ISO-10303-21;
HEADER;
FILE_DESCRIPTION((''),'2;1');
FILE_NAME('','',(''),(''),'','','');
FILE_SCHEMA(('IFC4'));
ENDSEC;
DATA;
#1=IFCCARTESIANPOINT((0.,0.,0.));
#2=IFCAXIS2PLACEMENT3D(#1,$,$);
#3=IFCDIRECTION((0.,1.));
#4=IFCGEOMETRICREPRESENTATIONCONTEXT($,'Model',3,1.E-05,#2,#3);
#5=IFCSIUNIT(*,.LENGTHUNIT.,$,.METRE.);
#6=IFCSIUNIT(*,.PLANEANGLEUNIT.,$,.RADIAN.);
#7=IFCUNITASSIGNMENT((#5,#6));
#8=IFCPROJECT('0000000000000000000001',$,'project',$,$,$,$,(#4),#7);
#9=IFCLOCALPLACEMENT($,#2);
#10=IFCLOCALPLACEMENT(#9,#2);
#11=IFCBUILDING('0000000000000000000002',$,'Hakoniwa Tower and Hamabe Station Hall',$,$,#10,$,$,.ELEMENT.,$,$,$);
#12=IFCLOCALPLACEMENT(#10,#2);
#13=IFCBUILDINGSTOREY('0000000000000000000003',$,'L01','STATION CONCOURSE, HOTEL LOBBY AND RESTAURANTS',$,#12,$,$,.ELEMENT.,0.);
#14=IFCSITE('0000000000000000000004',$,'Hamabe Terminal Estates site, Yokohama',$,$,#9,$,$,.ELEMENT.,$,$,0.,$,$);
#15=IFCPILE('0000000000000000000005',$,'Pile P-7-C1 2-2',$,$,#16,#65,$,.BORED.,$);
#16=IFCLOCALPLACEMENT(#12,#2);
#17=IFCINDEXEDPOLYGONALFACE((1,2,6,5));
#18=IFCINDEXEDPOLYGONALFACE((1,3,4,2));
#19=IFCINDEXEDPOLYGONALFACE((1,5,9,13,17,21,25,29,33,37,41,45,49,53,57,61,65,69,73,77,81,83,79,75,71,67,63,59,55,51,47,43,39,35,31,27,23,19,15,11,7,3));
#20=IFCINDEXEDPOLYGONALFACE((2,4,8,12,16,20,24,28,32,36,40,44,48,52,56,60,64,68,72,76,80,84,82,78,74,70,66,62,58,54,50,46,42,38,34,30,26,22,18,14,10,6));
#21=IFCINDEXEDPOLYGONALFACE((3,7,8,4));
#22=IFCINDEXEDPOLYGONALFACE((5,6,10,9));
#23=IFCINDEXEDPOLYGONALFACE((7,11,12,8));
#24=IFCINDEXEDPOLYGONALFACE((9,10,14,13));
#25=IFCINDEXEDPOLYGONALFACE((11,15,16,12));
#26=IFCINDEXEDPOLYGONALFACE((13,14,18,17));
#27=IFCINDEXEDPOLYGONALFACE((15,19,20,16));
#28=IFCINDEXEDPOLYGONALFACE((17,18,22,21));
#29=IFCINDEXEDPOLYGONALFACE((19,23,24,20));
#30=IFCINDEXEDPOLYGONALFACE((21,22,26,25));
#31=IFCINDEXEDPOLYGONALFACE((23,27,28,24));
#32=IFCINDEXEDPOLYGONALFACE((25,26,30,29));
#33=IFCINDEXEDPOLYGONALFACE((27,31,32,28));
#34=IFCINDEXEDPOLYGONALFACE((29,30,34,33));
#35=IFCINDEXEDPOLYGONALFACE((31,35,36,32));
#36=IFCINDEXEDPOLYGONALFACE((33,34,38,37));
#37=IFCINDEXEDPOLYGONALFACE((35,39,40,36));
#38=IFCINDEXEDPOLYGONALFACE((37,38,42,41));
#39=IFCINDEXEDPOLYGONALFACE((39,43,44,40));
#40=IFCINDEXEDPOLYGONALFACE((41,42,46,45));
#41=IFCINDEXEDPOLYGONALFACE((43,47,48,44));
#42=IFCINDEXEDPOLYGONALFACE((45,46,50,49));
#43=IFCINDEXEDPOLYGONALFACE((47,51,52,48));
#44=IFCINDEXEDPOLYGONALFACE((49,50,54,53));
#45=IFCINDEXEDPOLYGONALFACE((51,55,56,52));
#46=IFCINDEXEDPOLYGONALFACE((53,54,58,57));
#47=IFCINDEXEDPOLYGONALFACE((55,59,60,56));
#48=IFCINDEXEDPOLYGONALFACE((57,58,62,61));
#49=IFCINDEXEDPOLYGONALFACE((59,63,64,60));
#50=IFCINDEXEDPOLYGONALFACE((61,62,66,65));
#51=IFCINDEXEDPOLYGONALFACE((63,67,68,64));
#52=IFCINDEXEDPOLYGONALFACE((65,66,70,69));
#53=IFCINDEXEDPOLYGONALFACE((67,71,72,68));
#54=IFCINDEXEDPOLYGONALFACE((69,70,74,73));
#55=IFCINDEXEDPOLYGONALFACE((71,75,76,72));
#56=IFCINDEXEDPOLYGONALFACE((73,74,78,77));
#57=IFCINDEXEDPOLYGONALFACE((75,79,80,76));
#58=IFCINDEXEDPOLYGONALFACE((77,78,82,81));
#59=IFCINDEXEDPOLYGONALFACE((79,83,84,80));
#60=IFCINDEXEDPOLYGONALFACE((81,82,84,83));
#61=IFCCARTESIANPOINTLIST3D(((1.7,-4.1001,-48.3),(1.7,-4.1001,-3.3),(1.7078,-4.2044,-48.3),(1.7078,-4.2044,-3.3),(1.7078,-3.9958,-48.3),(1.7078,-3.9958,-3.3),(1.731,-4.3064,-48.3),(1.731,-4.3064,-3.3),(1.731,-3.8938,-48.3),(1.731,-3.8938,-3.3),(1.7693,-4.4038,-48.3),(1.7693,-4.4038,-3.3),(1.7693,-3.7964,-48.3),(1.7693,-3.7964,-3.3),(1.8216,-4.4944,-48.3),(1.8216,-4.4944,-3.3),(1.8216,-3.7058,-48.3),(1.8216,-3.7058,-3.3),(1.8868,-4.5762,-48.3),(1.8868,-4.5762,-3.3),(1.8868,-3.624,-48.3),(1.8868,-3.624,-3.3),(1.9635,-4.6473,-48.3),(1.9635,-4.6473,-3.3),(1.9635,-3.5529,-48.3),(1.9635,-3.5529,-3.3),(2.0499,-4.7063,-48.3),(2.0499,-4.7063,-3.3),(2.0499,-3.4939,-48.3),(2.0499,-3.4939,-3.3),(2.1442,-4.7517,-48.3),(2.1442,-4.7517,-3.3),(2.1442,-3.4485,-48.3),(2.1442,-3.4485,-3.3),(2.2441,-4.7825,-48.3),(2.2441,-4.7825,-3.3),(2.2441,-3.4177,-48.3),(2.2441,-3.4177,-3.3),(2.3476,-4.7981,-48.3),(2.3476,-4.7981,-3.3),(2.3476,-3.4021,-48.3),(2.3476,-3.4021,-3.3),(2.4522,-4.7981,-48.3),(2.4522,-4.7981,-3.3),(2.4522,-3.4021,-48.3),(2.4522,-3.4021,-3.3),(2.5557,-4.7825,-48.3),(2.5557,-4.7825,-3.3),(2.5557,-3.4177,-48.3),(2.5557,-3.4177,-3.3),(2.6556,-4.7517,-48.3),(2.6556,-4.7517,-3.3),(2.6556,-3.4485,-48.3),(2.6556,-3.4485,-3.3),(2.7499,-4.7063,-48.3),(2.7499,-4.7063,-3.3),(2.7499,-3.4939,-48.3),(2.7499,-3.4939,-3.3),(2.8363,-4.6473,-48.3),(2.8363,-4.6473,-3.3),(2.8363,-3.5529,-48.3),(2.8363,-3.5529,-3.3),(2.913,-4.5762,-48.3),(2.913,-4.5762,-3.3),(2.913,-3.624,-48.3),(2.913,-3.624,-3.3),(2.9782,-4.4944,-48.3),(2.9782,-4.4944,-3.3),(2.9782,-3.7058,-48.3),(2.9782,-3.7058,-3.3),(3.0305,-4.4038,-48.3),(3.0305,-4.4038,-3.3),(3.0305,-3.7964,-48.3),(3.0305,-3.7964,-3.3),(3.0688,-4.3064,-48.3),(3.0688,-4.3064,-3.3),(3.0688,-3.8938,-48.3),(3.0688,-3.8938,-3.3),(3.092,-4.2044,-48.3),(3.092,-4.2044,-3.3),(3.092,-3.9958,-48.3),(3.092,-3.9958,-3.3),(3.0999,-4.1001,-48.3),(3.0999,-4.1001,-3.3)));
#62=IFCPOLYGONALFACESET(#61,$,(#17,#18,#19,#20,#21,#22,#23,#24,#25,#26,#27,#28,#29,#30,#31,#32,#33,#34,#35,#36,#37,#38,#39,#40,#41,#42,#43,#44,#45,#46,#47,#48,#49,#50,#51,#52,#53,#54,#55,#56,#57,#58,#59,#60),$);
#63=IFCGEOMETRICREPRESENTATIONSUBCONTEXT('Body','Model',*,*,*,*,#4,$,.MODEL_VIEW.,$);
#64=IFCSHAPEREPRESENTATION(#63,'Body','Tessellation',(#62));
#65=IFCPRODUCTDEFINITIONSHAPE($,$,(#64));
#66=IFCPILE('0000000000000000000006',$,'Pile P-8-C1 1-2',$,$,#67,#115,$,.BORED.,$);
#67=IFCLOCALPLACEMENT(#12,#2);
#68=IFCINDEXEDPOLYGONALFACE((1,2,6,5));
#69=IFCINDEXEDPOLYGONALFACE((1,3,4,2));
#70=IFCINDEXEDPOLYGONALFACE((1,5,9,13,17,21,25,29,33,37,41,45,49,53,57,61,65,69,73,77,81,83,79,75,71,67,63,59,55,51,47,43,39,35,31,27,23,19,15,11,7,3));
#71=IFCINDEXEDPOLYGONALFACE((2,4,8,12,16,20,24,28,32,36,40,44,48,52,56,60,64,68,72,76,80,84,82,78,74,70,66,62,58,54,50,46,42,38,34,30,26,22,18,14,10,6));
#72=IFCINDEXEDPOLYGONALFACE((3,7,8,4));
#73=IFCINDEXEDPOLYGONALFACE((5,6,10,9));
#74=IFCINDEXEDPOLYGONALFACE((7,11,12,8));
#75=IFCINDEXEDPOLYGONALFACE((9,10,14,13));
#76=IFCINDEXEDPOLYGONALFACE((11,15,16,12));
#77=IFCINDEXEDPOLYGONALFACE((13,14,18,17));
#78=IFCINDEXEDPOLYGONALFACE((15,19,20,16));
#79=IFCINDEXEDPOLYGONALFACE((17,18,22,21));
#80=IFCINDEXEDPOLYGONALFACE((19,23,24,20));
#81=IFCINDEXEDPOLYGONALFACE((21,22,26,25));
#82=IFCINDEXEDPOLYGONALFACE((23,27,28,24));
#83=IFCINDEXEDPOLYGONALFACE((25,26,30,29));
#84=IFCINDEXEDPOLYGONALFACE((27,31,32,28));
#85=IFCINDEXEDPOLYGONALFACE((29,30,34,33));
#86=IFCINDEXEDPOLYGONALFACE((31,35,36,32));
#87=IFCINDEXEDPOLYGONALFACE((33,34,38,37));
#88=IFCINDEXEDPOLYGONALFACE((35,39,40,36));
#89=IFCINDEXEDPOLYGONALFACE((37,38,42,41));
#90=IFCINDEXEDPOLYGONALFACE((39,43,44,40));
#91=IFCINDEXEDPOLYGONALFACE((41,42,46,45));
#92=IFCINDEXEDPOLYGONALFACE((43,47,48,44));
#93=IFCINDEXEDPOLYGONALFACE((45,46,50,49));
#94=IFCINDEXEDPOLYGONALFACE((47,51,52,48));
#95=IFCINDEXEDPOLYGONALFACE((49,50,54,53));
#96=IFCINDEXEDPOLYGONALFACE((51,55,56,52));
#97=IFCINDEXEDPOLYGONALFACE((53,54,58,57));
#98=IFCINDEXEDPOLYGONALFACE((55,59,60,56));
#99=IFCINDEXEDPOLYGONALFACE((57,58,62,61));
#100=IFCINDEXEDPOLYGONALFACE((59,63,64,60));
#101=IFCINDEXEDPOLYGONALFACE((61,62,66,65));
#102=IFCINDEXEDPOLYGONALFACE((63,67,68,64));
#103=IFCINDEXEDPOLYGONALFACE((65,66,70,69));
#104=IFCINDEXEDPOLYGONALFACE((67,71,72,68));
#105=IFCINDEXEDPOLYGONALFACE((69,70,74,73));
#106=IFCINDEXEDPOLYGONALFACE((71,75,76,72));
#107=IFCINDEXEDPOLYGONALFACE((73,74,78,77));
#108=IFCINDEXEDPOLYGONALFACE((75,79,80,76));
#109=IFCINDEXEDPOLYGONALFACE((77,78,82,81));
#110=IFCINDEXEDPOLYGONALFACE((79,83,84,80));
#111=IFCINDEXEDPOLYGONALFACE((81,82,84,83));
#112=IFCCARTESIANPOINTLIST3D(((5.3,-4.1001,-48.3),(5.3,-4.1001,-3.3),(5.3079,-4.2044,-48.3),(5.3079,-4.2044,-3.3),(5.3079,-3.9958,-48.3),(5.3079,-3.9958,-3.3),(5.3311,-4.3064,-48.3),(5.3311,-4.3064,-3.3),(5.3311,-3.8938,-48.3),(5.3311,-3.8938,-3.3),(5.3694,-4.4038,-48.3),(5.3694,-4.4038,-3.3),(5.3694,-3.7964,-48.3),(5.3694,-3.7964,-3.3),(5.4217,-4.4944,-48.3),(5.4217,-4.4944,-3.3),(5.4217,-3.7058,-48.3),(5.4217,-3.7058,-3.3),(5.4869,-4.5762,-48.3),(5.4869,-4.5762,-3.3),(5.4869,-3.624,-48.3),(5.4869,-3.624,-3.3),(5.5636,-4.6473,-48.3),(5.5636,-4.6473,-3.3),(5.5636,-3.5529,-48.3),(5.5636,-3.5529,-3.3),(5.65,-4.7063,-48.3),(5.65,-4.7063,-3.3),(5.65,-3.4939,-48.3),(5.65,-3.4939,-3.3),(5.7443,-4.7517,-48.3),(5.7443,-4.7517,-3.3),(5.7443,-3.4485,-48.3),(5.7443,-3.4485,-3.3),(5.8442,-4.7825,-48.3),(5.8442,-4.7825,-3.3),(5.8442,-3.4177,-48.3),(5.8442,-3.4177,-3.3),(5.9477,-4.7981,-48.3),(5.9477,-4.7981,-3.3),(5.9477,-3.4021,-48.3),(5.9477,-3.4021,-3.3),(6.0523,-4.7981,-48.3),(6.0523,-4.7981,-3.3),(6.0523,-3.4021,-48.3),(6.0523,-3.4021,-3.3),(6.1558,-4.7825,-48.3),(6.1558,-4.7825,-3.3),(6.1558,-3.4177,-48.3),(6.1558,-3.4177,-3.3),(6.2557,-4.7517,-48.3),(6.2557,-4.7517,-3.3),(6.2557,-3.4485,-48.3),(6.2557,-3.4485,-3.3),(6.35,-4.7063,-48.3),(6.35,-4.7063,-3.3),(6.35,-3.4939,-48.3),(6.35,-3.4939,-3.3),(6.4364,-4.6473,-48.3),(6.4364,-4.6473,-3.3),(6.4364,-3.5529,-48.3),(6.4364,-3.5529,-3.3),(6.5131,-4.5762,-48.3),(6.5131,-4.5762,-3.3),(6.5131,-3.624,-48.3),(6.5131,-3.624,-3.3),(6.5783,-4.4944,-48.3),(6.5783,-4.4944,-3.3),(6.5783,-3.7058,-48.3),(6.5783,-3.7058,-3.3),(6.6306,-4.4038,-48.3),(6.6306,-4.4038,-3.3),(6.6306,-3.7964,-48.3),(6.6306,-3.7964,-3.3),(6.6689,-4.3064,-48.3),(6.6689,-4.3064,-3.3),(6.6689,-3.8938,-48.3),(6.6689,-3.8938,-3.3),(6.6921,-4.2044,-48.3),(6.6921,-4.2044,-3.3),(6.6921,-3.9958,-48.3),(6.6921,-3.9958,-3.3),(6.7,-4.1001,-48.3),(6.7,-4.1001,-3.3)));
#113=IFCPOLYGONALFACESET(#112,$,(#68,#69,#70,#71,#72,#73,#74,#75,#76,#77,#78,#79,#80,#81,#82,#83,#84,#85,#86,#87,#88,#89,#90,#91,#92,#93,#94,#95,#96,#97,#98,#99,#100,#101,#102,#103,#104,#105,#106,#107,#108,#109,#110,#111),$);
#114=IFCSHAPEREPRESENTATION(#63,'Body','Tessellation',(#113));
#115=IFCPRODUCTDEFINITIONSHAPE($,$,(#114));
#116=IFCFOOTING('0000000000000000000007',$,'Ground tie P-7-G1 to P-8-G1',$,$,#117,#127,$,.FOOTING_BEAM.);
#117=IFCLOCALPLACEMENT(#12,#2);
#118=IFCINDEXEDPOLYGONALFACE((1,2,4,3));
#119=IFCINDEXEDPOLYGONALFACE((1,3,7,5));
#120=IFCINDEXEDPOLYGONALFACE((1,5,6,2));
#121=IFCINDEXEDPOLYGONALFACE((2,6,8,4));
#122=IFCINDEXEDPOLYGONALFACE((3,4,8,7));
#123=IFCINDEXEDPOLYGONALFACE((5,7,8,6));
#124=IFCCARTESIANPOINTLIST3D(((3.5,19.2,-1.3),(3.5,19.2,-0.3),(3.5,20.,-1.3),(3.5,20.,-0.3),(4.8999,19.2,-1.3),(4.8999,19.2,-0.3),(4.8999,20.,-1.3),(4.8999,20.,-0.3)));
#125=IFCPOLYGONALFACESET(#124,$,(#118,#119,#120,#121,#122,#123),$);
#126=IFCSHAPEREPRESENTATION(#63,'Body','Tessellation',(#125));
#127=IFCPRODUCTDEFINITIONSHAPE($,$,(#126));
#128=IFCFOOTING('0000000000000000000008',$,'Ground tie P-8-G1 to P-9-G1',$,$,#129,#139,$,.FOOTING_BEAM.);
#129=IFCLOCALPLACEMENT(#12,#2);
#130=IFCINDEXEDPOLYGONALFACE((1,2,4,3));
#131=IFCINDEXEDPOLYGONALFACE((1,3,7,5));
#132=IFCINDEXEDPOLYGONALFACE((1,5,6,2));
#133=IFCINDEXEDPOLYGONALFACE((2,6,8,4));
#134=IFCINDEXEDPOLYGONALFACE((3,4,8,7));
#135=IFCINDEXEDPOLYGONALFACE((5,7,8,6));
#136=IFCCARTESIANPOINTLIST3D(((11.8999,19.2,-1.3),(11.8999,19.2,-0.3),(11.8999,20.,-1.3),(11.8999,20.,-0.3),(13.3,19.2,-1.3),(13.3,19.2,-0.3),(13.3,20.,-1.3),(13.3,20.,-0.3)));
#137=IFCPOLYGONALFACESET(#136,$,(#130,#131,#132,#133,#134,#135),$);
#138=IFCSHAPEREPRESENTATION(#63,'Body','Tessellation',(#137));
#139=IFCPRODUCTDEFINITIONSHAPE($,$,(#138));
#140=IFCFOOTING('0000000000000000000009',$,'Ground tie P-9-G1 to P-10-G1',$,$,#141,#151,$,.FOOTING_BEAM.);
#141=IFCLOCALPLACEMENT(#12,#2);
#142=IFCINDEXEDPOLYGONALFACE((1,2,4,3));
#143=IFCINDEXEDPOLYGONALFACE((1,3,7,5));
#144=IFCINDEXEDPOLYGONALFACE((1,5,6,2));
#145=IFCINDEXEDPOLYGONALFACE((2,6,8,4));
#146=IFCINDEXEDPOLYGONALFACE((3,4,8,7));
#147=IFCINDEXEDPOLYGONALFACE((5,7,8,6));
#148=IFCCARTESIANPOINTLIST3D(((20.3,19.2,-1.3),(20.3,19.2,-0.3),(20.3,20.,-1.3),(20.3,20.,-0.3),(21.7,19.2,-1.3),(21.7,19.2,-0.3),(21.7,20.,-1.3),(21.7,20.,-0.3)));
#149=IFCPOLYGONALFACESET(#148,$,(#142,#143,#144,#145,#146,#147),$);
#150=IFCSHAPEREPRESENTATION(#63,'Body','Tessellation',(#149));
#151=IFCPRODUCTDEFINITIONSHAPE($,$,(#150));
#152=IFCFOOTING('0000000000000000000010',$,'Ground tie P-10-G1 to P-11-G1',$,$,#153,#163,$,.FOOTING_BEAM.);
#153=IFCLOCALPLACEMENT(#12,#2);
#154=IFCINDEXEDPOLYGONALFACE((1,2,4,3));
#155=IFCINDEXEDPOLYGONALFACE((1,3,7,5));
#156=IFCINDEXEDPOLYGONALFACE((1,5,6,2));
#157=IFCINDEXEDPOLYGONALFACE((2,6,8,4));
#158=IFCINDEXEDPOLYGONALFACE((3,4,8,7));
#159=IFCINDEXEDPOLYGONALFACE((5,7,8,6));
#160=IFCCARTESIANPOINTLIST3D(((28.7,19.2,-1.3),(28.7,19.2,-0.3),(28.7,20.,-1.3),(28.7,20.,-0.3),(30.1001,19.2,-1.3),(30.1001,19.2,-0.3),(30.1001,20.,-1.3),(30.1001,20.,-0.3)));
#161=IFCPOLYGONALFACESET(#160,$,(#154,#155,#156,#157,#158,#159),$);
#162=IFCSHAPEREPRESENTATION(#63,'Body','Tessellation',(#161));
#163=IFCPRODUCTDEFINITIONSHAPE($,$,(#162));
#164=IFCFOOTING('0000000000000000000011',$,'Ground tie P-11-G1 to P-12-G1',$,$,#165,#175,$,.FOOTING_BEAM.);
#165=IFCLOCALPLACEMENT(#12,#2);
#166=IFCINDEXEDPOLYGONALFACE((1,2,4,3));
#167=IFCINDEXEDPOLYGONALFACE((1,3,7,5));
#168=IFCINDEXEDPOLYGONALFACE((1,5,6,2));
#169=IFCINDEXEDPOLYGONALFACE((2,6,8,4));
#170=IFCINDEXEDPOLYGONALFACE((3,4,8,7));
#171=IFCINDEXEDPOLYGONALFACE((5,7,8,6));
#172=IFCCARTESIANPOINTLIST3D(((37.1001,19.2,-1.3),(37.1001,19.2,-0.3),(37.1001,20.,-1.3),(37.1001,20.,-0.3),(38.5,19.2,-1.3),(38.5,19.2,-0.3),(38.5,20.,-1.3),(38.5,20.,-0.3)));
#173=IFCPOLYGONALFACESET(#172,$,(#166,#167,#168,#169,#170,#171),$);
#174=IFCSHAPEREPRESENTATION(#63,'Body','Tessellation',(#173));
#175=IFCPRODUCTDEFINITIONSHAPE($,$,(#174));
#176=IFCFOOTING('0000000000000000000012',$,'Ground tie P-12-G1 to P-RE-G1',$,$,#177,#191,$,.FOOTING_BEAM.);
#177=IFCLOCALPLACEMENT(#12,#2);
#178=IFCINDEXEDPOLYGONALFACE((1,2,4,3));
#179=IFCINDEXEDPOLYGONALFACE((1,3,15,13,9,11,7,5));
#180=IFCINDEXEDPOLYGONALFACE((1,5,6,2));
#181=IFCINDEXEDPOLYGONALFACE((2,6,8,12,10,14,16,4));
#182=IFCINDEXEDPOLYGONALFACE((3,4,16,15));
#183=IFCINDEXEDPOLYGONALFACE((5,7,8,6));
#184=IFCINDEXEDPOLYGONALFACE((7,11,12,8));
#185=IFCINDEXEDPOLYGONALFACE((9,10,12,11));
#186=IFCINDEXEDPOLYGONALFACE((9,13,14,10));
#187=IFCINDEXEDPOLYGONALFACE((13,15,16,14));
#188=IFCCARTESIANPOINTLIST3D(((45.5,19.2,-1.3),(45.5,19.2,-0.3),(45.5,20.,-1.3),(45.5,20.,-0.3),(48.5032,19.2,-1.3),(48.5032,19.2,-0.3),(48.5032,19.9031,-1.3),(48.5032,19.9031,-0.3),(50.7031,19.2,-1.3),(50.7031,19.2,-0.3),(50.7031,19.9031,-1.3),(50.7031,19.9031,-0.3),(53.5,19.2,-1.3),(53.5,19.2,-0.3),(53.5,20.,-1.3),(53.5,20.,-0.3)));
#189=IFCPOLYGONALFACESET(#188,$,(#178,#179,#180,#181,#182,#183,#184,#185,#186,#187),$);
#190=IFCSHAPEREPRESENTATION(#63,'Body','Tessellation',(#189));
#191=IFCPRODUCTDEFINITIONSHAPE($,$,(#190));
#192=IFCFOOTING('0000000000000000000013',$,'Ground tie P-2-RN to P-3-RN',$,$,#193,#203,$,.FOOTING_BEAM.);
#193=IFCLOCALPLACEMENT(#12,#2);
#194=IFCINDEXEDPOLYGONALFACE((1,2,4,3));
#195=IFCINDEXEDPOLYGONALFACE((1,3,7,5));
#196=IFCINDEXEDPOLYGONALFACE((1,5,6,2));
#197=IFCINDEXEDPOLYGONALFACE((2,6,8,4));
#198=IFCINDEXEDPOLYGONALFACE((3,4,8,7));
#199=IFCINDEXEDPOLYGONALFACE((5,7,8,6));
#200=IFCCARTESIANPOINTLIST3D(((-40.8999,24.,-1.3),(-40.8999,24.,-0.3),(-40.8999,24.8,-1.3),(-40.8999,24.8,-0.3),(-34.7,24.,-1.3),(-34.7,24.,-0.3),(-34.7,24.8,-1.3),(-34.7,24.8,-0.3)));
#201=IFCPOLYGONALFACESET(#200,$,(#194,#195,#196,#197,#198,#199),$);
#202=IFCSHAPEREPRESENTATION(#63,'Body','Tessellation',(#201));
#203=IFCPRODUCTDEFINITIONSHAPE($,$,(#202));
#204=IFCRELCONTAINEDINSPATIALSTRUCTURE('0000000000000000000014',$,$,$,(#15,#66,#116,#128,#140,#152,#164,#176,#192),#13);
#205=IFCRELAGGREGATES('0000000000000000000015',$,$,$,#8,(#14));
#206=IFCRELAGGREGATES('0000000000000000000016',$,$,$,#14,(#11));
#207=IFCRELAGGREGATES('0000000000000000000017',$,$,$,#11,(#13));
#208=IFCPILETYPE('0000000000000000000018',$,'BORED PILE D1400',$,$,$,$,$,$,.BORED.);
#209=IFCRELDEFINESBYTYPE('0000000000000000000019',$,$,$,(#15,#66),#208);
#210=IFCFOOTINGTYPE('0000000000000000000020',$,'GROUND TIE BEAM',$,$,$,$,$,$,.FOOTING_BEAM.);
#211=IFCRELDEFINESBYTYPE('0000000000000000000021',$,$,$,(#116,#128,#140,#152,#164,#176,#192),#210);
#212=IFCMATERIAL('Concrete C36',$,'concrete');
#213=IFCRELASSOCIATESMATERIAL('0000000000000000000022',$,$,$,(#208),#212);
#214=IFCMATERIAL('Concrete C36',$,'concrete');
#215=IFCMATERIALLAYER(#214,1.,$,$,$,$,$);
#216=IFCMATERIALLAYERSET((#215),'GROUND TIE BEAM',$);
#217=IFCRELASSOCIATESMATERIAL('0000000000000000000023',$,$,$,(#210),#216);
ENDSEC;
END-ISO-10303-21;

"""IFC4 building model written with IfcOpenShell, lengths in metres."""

from ifc_helpers import new_model, si_unit, direction, frame, origin, origin_2d, place, context, subcontext, project, spatial, polyline, circle, outline, extrude, material, layer, layer_set, material_profile, profile_set, type_object, element, save


model = new_model("IFC4")

# Units and contexts
model_context = context("Model", 3, precision=1e-05, world=origin(), true_north=direction((0.0, 1.0)))
body_context = subcontext(model_context, "Body", "Model", "MODEL_VIEW")
ifc_project = project(units=[si_unit("LENGTHUNIT", "METRE"), si_unit("PLANEANGLEUNIT", "RADIAN")], contexts=[model_context])

# Site, building, storey
site_placement = place(None, origin())
site = spatial("IfcSite", under=ifc_project, at=site_placement, Name="Hamabe Terminal Estates site, Yokohama", CompositionType="ELEMENT", RefElevation=0.0)
building_placement = place(site_placement, origin())
building = spatial("IfcBuilding", under=site, at=building_placement, Name="Hakoniwa Tower and Hamabe Station Hall", CompositionType="ELEMENT")
storey_placement = place(building_placement, origin())
storey = spatial("IfcBuildingStorey", under=building, at=storey_placement, Name="L01", Description="STATION CONCOURSE, HOTEL LOBBY AND RESTAURANTS", CompositionType="ELEMENT", Elevation=0.0)

# Piles
ifc_material_1 = material(Name="Concrete C36", Category="concrete")
ifc_material_profile_1 = material_profile(ifc_material_1, circle(Radius=0.7, at=origin_2d()), Name="BORED PILE D1400")
ifc_profile_set_1 = profile_set([ifc_material_profile_1], Name="Concrete C36")
pile_type = type_object("IfcPileType", Name="BORED PILE D1400", PredefinedType="BORED", material=ifc_profile_set_1)
for number, where, z_axis, x_axis, name in (
    (1, (2.3999, -4.1001, -3.3), (0.0, 0.0, -1.0), (1.0, 0.0, 0.0), "Pile P-7-C1 2-2"),
    (2, (6.0, -4.1001, -3.3), (0.0, 0.0, -1.0), (1.0, 0.0, 0.0), "Pile P-8-C1 1-2"),
):
    element("IfcPile", number, at=place(storey_placement, frame(where, z_axis=z_axis, x_axis=x_axis)), inside=storey, type_object=pile_type, Name=name, PredefinedType="BORED", context=body_context, shape_type="SweptSolid", body=[
        extrude(circle(Radius=0.7, at=origin_2d()), origin(), (0.0, 0.0, 1.0), 45.0),
    ])

# Footings
ifc_material_2 = material(Name="Concrete C36", Category="concrete")
ifc_layer_1 = layer(ifc_material_2, 1.0)
ifc_layer_set_1 = layer_set([ifc_layer_1], Name="GROUND TIE BEAM")
footing_type = type_object("IfcFootingType", Name="GROUND TIE BEAM", PredefinedType="FOOTING_BEAM", material=ifc_layer_set_1)
footing_1_placement = place(storey_placement, frame((0.0, 0.0, -1.3)))
element("IfcFooting", 3, at=footing_1_placement, inside=storey, type_object=footing_type, Name="Ground tie P-7-G1 to P-8-G1", PredefinedType="FOOTING_BEAM", context=body_context, shape_type="SweptSolid", body=[
    extrude(outline(polyline([(3.5, 20.0), (3.5, 19.2), (4.8999, 19.2), (4.8999, 20.0), (3.5, 20.0)])), origin(), (0.0, 0.0, 1.0), 1.0),
])
footing_2_placement = place(storey_placement, frame((0.0, 0.0, -1.3)))
element("IfcFooting", 4, at=footing_2_placement, inside=storey, type_object=footing_type, Name="Ground tie P-8-G1 to P-9-G1", PredefinedType="FOOTING_BEAM", context=body_context, shape_type="SweptSolid", body=[
    extrude(outline(polyline([(11.8999, 20.0), (11.8999, 19.2), (13.3, 19.2), (13.3, 20.0), (11.8999, 20.0)])), origin(), (0.0, 0.0, 1.0), 1.0),
])
footing_3_placement = place(storey_placement, frame((0.0, 0.0, -1.3)))
element("IfcFooting", 5, at=footing_3_placement, inside=storey, type_object=footing_type, Name="Ground tie P-9-G1 to P-10-G1", PredefinedType="FOOTING_BEAM", context=body_context, shape_type="SweptSolid", body=[
    extrude(outline(polyline([(20.3, 20.0), (20.3, 19.2), (21.7, 19.2), (21.7, 20.0), (20.3, 20.0)])), origin(), (0.0, 0.0, 1.0), 1.0),
])
footing_4_placement = place(storey_placement, frame((0.0, 0.0, -1.3)))
element("IfcFooting", 6, at=footing_4_placement, inside=storey, type_object=footing_type, Name="Ground tie P-10-G1 to P-11-G1", PredefinedType="FOOTING_BEAM", context=body_context, shape_type="SweptSolid", body=[
    extrude(outline(polyline([(28.7, 20.0), (28.7, 19.2), (30.1001, 19.2), (30.1001, 20.0), (28.7, 20.0)])), origin(), (0.0, 0.0, 1.0), 1.0),
])
footing_5_placement = place(storey_placement, frame((0.0, 0.0, -1.3)))
element("IfcFooting", 7, at=footing_5_placement, inside=storey, type_object=footing_type, Name="Ground tie P-11-G1 to P-12-G1", PredefinedType="FOOTING_BEAM", context=body_context, shape_type="SweptSolid", body=[
    extrude(outline(polyline([(37.1001, 20.0), (37.1001, 19.2), (38.5, 19.2), (38.5, 20.0), (37.1001, 20.0)])), origin(), (0.0, 0.0, 1.0), 1.0),
])
footing_6_placement = place(storey_placement, frame((0.0, 0.0, -1.3)))
element("IfcFooting", 8, at=footing_6_placement, inside=storey, type_object=footing_type, Name="Ground tie P-12-G1 to P-RE-G1", PredefinedType="FOOTING_BEAM", context=body_context, shape_type="SweptSolid", body=[
    extrude(outline(polyline([(50.7031, 19.9031), (50.7031, 19.2), (53.5, 19.2), (53.5, 20.0), (45.5, 20.0), (45.5, 19.2), (48.5032, 19.2), (48.5032, 19.9031), (50.7031, 19.9031)])), origin(), (0.0, 0.0, 1.0), 1.0),
])
footing_7_placement = place(storey_placement, frame((0.0, 0.0, -1.3)))
element("IfcFooting", 9, at=footing_7_placement, inside=storey, type_object=footing_type, Name="Ground tie P-2-RN to P-3-RN", PredefinedType="FOOTING_BEAM", context=body_context, shape_type="SweptSolid", body=[
    extrude(outline(polyline([(-40.8999, 24.8), (-40.8999, 24.0), (-34.7, 24.0), (-34.7, 24.8), (-40.8999, 24.8)])), origin(), (0.0, 0.0, 1.0), 1.0),
])

save(model, "model.ifc")
